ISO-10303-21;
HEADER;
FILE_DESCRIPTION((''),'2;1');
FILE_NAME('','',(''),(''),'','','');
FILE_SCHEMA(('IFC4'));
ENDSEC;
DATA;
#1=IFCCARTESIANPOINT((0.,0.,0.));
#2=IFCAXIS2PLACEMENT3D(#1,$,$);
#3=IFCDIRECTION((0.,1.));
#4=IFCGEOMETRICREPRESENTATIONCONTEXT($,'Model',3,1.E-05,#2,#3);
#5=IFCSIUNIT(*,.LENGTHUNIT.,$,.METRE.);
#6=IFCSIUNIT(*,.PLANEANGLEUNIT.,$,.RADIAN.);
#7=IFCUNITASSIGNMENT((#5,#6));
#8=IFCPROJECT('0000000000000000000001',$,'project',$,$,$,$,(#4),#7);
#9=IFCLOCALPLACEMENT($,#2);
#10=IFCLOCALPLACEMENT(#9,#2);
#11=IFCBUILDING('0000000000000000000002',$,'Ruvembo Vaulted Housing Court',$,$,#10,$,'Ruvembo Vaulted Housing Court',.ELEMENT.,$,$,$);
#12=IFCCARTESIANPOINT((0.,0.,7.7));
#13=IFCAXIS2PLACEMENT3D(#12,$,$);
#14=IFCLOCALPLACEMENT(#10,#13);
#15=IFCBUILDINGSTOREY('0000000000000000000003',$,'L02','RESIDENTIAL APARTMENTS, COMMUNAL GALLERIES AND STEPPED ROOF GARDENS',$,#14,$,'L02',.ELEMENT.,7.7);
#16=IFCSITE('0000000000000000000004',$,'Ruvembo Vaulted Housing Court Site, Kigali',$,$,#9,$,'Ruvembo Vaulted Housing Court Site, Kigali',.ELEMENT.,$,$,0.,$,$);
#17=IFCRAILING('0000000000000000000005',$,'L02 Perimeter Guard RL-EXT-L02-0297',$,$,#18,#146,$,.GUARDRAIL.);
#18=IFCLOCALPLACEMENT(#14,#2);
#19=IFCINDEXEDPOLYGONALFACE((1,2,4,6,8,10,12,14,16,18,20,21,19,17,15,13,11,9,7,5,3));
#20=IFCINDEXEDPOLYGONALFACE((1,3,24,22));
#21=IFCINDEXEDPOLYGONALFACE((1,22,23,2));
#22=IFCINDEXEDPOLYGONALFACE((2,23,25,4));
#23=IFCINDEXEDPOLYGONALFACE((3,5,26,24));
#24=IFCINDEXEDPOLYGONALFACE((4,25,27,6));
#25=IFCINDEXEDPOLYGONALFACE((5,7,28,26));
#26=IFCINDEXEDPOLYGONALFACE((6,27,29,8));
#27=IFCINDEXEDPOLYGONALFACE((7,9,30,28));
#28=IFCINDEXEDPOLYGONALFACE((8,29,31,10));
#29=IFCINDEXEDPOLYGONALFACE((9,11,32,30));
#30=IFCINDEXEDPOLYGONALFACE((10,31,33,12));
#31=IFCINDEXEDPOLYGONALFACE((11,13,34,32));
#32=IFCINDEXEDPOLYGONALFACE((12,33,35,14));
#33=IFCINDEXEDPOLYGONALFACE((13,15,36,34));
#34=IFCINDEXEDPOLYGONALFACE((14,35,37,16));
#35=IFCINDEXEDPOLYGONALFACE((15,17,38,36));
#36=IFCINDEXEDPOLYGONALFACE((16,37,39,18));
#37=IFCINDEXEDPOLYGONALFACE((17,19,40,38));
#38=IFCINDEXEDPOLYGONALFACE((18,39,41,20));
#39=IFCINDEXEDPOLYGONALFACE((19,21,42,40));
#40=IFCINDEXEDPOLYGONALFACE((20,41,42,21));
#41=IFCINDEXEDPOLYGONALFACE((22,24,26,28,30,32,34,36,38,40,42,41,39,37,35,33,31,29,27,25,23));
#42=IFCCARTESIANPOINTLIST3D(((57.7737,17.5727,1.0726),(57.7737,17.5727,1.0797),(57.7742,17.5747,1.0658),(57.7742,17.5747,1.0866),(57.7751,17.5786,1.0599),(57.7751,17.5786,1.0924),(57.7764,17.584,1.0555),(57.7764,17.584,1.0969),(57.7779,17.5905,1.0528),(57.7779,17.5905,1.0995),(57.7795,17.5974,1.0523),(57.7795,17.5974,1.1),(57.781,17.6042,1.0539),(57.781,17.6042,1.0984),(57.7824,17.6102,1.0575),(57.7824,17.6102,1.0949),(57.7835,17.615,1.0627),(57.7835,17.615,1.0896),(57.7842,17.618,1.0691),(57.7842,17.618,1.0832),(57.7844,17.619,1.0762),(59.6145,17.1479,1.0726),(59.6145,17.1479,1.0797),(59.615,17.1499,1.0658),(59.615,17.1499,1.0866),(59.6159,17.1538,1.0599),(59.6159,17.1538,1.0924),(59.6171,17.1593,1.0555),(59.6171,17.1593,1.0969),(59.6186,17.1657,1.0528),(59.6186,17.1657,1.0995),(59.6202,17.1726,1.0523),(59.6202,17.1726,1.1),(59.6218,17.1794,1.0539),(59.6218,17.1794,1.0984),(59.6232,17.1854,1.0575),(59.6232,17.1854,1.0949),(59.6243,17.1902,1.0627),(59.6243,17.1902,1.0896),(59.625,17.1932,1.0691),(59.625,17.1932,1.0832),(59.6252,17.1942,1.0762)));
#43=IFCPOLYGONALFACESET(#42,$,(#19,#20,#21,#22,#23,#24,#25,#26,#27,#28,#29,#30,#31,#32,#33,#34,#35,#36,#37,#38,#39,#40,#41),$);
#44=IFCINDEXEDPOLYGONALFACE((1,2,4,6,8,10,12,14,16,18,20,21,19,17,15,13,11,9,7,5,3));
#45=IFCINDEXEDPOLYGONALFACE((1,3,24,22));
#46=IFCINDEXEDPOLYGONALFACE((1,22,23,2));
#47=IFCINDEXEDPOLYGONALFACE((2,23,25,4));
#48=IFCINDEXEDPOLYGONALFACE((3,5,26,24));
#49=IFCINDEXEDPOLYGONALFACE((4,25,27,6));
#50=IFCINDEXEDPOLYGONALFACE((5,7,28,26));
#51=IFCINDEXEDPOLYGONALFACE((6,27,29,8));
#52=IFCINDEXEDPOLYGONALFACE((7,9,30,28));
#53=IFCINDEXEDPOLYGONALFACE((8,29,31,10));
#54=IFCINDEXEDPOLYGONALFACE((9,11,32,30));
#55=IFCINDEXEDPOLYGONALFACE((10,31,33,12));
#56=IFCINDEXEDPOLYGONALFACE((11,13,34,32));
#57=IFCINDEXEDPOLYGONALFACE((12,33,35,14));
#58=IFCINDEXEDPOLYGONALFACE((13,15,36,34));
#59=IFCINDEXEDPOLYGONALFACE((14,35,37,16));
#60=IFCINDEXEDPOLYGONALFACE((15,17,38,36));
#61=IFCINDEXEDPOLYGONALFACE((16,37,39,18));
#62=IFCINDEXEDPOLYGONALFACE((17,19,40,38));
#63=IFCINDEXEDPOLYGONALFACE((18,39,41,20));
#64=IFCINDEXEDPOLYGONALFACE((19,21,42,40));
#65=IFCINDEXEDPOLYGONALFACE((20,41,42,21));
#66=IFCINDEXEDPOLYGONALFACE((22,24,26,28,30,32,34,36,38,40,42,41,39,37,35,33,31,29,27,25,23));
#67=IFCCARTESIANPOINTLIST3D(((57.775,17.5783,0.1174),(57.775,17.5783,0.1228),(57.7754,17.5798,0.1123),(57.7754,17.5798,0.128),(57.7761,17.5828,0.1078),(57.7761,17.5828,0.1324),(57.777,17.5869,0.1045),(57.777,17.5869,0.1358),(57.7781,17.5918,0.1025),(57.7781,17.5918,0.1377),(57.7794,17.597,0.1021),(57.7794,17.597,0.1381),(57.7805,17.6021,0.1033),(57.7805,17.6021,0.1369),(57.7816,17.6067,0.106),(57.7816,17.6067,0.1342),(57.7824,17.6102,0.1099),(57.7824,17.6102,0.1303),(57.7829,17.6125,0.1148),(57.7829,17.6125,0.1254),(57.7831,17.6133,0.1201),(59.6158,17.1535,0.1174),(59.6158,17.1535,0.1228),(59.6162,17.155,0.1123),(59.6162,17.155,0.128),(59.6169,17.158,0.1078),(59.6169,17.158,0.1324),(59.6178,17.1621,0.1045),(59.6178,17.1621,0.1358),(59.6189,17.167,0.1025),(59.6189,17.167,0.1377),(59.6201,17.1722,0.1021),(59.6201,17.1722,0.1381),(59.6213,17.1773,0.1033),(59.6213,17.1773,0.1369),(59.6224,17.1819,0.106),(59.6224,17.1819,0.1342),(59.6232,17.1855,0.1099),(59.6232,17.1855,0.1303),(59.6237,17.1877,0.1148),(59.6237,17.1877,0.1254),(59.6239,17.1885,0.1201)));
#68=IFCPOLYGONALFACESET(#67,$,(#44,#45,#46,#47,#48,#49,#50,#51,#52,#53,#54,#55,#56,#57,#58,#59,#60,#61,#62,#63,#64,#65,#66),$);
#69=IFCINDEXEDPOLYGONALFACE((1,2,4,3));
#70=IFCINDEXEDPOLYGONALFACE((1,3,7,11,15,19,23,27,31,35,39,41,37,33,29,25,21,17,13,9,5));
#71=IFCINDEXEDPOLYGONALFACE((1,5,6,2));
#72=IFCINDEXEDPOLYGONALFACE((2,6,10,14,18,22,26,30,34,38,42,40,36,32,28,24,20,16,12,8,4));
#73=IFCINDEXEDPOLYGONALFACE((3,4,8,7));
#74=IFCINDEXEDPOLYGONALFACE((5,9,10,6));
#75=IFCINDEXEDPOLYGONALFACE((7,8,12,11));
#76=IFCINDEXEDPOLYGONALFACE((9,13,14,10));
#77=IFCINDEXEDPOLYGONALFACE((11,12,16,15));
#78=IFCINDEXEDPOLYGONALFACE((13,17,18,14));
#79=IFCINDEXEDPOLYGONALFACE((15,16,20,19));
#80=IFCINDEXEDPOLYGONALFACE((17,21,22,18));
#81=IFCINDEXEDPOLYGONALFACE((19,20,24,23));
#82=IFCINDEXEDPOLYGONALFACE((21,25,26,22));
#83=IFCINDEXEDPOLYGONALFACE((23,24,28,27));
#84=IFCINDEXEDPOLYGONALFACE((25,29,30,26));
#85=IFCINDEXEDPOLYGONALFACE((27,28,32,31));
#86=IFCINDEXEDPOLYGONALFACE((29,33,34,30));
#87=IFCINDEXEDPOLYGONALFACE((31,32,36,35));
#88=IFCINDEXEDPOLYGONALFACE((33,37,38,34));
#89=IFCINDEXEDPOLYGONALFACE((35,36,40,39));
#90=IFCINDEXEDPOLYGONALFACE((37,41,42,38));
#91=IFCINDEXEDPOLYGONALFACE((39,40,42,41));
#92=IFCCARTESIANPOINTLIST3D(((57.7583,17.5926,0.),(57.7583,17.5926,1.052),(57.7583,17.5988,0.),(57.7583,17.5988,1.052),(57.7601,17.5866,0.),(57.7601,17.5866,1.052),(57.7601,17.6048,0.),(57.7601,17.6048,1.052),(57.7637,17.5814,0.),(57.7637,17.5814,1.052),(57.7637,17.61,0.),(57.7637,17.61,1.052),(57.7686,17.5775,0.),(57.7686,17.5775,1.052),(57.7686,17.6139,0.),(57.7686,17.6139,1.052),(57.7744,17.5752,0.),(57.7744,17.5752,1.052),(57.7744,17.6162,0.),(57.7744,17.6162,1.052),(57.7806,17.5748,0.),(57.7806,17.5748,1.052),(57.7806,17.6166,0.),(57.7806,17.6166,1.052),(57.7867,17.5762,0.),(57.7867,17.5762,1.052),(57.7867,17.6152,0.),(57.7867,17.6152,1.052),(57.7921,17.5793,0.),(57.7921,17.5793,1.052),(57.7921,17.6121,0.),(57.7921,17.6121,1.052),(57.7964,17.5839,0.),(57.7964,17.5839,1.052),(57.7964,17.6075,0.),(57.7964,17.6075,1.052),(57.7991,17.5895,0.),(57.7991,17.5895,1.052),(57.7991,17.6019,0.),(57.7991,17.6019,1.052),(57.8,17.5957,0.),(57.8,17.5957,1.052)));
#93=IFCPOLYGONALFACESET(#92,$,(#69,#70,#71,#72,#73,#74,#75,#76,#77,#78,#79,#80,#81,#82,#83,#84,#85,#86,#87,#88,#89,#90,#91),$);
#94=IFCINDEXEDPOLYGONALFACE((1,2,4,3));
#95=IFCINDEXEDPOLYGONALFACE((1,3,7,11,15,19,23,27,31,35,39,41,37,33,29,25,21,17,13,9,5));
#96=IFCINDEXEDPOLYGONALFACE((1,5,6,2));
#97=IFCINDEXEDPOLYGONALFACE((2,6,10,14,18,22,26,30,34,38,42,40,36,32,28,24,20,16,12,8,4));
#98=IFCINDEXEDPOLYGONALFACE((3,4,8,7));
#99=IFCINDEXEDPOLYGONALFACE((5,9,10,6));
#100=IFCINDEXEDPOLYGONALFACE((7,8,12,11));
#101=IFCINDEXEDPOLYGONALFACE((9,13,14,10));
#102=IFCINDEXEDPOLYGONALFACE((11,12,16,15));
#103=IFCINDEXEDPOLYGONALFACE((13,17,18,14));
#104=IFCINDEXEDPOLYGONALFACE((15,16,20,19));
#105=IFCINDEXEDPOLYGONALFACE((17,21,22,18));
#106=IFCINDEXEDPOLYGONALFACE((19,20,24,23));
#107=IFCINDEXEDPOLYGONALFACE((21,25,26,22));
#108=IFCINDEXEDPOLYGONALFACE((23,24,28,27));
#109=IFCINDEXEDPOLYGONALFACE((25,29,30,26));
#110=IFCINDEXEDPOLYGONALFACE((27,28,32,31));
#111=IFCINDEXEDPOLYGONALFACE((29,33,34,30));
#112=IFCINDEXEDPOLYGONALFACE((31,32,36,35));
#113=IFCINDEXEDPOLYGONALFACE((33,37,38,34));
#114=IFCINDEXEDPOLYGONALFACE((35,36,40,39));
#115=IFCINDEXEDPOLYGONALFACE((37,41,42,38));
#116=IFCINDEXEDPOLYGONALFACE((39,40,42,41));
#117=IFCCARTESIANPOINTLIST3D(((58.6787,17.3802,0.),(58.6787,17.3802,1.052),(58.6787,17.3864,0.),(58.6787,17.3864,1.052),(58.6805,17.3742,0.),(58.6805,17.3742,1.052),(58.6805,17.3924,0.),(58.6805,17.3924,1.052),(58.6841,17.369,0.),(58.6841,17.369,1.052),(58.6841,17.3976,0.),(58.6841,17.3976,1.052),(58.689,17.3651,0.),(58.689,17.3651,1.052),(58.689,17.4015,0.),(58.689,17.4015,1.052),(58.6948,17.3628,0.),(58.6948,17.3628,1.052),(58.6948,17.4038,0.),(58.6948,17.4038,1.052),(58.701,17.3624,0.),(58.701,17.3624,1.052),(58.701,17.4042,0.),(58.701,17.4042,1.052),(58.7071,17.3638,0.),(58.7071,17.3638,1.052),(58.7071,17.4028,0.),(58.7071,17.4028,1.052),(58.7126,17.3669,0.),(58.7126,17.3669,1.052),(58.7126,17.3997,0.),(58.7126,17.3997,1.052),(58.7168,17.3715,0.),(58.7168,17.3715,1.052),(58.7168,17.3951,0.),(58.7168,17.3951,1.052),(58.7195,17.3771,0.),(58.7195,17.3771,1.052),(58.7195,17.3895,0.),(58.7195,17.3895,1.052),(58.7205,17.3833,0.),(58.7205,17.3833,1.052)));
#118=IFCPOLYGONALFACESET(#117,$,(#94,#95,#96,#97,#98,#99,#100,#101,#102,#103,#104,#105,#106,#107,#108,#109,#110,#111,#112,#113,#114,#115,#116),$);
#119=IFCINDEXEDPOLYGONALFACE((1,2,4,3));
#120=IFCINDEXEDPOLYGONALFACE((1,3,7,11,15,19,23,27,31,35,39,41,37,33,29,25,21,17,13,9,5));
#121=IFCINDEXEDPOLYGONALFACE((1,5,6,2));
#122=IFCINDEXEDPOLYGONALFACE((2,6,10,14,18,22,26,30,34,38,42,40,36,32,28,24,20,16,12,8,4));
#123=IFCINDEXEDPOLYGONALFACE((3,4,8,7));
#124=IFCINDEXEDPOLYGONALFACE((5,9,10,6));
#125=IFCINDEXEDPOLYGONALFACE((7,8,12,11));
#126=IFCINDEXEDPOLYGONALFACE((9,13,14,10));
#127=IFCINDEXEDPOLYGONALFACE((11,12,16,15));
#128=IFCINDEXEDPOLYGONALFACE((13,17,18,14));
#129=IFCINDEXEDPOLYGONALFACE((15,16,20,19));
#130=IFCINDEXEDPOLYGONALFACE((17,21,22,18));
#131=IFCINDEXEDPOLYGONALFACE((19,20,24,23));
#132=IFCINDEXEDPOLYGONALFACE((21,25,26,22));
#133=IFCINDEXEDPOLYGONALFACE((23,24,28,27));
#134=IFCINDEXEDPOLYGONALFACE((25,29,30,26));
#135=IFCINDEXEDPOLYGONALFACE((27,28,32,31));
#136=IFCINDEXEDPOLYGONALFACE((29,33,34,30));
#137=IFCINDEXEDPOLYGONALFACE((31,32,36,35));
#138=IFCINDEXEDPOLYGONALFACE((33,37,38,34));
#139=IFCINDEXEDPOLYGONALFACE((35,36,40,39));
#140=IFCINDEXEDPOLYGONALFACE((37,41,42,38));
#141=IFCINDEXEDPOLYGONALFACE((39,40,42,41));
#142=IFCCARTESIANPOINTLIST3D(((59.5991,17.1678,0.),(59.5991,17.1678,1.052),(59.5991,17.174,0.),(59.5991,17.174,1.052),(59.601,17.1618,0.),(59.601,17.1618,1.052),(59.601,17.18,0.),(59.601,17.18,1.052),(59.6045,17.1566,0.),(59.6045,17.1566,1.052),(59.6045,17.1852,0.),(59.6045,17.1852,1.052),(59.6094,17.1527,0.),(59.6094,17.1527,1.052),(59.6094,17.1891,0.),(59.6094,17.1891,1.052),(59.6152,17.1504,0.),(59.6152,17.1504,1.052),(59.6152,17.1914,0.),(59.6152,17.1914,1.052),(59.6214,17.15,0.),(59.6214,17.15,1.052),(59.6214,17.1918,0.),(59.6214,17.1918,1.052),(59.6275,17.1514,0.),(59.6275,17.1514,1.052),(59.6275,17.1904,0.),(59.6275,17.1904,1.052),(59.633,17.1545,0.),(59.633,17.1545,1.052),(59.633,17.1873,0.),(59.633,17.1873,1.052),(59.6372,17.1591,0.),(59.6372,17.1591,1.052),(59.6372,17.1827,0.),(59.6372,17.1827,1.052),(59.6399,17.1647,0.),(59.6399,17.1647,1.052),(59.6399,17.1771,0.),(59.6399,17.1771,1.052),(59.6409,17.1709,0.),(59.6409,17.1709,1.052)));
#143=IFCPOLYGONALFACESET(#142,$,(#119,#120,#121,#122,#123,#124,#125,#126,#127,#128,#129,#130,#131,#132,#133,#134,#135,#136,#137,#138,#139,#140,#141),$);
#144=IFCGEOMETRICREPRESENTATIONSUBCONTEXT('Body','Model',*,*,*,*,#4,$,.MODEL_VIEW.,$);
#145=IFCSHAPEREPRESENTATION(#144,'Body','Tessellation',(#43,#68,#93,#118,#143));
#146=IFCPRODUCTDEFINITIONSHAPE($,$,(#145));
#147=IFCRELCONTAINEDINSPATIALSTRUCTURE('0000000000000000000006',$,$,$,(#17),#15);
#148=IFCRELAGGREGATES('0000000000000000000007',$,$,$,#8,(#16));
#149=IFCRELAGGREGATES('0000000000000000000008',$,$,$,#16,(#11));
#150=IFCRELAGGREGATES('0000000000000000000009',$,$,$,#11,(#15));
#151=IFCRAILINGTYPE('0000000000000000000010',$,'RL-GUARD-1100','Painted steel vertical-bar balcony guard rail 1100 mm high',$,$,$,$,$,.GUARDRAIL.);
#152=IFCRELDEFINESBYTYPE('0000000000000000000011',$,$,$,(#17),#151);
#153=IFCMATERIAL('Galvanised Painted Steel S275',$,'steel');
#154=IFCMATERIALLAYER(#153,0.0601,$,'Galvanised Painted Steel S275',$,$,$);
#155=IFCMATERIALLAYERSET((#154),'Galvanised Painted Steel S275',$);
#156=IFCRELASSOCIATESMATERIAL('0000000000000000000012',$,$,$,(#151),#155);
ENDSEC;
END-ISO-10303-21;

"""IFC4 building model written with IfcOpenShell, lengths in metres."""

from ifc_helpers import new_model, si_unit, direction, frame, origin, origin_2d, place, context, subcontext, project, spatial, circle, extrude, material, layer, layer_set, type_object, element, save


model = new_model("IFC4")

# Units and contexts
model_context = context("Model", 3, precision=1e-05, world=origin(), true_north=direction((0.0, 1.0)))
body_context = subcontext(model_context, "Body", "Model", "MODEL_VIEW")
ifc_project = project(units=[si_unit("LENGTHUNIT", "METRE"), si_unit("PLANEANGLEUNIT", "RADIAN")], contexts=[model_context])

# Site, building, storey
site_placement = place(None, origin())
site = spatial("IfcSite", under=ifc_project, at=site_placement, Name="Ruvembo Vaulted Housing Court Site, Kigali", LongName="Ruvembo Vaulted Housing Court Site, Kigali", CompositionType="ELEMENT", RefElevation=0.0)
building_placement = place(site_placement, origin())
building = spatial("IfcBuilding", under=site, at=building_placement, Name="Ruvembo Vaulted Housing Court", LongName="Ruvembo Vaulted Housing Court", CompositionType="ELEMENT")
storey_placement = place(building_placement, frame((0.0, 0.0, 7.7)))
storey = spatial("IfcBuildingStorey", under=building, at=storey_placement, Name="L02", Description="RESIDENTIAL APARTMENTS, COMMUNAL GALLERIES AND STEPPED ROOF GARDENS", LongName="L02", CompositionType="ELEMENT", Elevation=7.7)

# Railing
ifc_material_1 = material(Name="Galvanised Painted Steel S275", Category="steel")
ifc_layer = layer(ifc_material_1, 0.0601, Name="Galvanised Painted Steel S275")
ifc_layer_set = layer_set([ifc_layer], Name="Galvanised Painted Steel S275")
railing_type = type_object("IfcRailingType", Name="RL-GUARD-1100", Description="Painted steel vertical-bar balcony guard rail 1100 mm high", PredefinedType="GUARDRAIL", material=ifc_layer_set)
railing_1_placement = place(storey_placement, frame((57.7791, 17.5957, 0.0)))
element("IfcRailing", 1, at=railing_1_placement, inside=storey, type_object=railing_type, Name="L02 Perimeter Guard RL-EXT-L02-0297", PredefinedType="GUARDRAIL", context=body_context, shape_type="SweptSolid", body=[
    extrude(circle(Radius=0.0239, at=origin_2d()), frame((0.0, 0.0, 1.0762), z_axis=(0.974391, -0.22486, 0.0), x_axis=(0.22486, 0.974391, 0.0)), (0.0, 0.0, 1.0), 1.8892),
    extrude(circle(Radius=0.0181, at=origin_2d()), frame((0.0, 0.0, 0.1201), z_axis=(0.974391, -0.22486, 0.0), x_axis=(0.22486, 0.974391, 0.0)), (0.0, 0.0, 1.0), 1.8892),
    extrude(circle(Radius=0.021, at=origin_2d()), origin(), (0.0, 0.0, 1.0), 1.052),
    extrude(circle(Radius=0.021, at=origin_2d()), frame((0.9204, -0.2124, 0.0)), (0.0, 0.0, 1.0), 1.052),
    extrude(circle(Radius=0.021, at=origin_2d()), frame((1.8408, -0.4248, 0.0)), (0.0, 0.0, 1.0), 1.052),
])

save(model, "model.ifc")
